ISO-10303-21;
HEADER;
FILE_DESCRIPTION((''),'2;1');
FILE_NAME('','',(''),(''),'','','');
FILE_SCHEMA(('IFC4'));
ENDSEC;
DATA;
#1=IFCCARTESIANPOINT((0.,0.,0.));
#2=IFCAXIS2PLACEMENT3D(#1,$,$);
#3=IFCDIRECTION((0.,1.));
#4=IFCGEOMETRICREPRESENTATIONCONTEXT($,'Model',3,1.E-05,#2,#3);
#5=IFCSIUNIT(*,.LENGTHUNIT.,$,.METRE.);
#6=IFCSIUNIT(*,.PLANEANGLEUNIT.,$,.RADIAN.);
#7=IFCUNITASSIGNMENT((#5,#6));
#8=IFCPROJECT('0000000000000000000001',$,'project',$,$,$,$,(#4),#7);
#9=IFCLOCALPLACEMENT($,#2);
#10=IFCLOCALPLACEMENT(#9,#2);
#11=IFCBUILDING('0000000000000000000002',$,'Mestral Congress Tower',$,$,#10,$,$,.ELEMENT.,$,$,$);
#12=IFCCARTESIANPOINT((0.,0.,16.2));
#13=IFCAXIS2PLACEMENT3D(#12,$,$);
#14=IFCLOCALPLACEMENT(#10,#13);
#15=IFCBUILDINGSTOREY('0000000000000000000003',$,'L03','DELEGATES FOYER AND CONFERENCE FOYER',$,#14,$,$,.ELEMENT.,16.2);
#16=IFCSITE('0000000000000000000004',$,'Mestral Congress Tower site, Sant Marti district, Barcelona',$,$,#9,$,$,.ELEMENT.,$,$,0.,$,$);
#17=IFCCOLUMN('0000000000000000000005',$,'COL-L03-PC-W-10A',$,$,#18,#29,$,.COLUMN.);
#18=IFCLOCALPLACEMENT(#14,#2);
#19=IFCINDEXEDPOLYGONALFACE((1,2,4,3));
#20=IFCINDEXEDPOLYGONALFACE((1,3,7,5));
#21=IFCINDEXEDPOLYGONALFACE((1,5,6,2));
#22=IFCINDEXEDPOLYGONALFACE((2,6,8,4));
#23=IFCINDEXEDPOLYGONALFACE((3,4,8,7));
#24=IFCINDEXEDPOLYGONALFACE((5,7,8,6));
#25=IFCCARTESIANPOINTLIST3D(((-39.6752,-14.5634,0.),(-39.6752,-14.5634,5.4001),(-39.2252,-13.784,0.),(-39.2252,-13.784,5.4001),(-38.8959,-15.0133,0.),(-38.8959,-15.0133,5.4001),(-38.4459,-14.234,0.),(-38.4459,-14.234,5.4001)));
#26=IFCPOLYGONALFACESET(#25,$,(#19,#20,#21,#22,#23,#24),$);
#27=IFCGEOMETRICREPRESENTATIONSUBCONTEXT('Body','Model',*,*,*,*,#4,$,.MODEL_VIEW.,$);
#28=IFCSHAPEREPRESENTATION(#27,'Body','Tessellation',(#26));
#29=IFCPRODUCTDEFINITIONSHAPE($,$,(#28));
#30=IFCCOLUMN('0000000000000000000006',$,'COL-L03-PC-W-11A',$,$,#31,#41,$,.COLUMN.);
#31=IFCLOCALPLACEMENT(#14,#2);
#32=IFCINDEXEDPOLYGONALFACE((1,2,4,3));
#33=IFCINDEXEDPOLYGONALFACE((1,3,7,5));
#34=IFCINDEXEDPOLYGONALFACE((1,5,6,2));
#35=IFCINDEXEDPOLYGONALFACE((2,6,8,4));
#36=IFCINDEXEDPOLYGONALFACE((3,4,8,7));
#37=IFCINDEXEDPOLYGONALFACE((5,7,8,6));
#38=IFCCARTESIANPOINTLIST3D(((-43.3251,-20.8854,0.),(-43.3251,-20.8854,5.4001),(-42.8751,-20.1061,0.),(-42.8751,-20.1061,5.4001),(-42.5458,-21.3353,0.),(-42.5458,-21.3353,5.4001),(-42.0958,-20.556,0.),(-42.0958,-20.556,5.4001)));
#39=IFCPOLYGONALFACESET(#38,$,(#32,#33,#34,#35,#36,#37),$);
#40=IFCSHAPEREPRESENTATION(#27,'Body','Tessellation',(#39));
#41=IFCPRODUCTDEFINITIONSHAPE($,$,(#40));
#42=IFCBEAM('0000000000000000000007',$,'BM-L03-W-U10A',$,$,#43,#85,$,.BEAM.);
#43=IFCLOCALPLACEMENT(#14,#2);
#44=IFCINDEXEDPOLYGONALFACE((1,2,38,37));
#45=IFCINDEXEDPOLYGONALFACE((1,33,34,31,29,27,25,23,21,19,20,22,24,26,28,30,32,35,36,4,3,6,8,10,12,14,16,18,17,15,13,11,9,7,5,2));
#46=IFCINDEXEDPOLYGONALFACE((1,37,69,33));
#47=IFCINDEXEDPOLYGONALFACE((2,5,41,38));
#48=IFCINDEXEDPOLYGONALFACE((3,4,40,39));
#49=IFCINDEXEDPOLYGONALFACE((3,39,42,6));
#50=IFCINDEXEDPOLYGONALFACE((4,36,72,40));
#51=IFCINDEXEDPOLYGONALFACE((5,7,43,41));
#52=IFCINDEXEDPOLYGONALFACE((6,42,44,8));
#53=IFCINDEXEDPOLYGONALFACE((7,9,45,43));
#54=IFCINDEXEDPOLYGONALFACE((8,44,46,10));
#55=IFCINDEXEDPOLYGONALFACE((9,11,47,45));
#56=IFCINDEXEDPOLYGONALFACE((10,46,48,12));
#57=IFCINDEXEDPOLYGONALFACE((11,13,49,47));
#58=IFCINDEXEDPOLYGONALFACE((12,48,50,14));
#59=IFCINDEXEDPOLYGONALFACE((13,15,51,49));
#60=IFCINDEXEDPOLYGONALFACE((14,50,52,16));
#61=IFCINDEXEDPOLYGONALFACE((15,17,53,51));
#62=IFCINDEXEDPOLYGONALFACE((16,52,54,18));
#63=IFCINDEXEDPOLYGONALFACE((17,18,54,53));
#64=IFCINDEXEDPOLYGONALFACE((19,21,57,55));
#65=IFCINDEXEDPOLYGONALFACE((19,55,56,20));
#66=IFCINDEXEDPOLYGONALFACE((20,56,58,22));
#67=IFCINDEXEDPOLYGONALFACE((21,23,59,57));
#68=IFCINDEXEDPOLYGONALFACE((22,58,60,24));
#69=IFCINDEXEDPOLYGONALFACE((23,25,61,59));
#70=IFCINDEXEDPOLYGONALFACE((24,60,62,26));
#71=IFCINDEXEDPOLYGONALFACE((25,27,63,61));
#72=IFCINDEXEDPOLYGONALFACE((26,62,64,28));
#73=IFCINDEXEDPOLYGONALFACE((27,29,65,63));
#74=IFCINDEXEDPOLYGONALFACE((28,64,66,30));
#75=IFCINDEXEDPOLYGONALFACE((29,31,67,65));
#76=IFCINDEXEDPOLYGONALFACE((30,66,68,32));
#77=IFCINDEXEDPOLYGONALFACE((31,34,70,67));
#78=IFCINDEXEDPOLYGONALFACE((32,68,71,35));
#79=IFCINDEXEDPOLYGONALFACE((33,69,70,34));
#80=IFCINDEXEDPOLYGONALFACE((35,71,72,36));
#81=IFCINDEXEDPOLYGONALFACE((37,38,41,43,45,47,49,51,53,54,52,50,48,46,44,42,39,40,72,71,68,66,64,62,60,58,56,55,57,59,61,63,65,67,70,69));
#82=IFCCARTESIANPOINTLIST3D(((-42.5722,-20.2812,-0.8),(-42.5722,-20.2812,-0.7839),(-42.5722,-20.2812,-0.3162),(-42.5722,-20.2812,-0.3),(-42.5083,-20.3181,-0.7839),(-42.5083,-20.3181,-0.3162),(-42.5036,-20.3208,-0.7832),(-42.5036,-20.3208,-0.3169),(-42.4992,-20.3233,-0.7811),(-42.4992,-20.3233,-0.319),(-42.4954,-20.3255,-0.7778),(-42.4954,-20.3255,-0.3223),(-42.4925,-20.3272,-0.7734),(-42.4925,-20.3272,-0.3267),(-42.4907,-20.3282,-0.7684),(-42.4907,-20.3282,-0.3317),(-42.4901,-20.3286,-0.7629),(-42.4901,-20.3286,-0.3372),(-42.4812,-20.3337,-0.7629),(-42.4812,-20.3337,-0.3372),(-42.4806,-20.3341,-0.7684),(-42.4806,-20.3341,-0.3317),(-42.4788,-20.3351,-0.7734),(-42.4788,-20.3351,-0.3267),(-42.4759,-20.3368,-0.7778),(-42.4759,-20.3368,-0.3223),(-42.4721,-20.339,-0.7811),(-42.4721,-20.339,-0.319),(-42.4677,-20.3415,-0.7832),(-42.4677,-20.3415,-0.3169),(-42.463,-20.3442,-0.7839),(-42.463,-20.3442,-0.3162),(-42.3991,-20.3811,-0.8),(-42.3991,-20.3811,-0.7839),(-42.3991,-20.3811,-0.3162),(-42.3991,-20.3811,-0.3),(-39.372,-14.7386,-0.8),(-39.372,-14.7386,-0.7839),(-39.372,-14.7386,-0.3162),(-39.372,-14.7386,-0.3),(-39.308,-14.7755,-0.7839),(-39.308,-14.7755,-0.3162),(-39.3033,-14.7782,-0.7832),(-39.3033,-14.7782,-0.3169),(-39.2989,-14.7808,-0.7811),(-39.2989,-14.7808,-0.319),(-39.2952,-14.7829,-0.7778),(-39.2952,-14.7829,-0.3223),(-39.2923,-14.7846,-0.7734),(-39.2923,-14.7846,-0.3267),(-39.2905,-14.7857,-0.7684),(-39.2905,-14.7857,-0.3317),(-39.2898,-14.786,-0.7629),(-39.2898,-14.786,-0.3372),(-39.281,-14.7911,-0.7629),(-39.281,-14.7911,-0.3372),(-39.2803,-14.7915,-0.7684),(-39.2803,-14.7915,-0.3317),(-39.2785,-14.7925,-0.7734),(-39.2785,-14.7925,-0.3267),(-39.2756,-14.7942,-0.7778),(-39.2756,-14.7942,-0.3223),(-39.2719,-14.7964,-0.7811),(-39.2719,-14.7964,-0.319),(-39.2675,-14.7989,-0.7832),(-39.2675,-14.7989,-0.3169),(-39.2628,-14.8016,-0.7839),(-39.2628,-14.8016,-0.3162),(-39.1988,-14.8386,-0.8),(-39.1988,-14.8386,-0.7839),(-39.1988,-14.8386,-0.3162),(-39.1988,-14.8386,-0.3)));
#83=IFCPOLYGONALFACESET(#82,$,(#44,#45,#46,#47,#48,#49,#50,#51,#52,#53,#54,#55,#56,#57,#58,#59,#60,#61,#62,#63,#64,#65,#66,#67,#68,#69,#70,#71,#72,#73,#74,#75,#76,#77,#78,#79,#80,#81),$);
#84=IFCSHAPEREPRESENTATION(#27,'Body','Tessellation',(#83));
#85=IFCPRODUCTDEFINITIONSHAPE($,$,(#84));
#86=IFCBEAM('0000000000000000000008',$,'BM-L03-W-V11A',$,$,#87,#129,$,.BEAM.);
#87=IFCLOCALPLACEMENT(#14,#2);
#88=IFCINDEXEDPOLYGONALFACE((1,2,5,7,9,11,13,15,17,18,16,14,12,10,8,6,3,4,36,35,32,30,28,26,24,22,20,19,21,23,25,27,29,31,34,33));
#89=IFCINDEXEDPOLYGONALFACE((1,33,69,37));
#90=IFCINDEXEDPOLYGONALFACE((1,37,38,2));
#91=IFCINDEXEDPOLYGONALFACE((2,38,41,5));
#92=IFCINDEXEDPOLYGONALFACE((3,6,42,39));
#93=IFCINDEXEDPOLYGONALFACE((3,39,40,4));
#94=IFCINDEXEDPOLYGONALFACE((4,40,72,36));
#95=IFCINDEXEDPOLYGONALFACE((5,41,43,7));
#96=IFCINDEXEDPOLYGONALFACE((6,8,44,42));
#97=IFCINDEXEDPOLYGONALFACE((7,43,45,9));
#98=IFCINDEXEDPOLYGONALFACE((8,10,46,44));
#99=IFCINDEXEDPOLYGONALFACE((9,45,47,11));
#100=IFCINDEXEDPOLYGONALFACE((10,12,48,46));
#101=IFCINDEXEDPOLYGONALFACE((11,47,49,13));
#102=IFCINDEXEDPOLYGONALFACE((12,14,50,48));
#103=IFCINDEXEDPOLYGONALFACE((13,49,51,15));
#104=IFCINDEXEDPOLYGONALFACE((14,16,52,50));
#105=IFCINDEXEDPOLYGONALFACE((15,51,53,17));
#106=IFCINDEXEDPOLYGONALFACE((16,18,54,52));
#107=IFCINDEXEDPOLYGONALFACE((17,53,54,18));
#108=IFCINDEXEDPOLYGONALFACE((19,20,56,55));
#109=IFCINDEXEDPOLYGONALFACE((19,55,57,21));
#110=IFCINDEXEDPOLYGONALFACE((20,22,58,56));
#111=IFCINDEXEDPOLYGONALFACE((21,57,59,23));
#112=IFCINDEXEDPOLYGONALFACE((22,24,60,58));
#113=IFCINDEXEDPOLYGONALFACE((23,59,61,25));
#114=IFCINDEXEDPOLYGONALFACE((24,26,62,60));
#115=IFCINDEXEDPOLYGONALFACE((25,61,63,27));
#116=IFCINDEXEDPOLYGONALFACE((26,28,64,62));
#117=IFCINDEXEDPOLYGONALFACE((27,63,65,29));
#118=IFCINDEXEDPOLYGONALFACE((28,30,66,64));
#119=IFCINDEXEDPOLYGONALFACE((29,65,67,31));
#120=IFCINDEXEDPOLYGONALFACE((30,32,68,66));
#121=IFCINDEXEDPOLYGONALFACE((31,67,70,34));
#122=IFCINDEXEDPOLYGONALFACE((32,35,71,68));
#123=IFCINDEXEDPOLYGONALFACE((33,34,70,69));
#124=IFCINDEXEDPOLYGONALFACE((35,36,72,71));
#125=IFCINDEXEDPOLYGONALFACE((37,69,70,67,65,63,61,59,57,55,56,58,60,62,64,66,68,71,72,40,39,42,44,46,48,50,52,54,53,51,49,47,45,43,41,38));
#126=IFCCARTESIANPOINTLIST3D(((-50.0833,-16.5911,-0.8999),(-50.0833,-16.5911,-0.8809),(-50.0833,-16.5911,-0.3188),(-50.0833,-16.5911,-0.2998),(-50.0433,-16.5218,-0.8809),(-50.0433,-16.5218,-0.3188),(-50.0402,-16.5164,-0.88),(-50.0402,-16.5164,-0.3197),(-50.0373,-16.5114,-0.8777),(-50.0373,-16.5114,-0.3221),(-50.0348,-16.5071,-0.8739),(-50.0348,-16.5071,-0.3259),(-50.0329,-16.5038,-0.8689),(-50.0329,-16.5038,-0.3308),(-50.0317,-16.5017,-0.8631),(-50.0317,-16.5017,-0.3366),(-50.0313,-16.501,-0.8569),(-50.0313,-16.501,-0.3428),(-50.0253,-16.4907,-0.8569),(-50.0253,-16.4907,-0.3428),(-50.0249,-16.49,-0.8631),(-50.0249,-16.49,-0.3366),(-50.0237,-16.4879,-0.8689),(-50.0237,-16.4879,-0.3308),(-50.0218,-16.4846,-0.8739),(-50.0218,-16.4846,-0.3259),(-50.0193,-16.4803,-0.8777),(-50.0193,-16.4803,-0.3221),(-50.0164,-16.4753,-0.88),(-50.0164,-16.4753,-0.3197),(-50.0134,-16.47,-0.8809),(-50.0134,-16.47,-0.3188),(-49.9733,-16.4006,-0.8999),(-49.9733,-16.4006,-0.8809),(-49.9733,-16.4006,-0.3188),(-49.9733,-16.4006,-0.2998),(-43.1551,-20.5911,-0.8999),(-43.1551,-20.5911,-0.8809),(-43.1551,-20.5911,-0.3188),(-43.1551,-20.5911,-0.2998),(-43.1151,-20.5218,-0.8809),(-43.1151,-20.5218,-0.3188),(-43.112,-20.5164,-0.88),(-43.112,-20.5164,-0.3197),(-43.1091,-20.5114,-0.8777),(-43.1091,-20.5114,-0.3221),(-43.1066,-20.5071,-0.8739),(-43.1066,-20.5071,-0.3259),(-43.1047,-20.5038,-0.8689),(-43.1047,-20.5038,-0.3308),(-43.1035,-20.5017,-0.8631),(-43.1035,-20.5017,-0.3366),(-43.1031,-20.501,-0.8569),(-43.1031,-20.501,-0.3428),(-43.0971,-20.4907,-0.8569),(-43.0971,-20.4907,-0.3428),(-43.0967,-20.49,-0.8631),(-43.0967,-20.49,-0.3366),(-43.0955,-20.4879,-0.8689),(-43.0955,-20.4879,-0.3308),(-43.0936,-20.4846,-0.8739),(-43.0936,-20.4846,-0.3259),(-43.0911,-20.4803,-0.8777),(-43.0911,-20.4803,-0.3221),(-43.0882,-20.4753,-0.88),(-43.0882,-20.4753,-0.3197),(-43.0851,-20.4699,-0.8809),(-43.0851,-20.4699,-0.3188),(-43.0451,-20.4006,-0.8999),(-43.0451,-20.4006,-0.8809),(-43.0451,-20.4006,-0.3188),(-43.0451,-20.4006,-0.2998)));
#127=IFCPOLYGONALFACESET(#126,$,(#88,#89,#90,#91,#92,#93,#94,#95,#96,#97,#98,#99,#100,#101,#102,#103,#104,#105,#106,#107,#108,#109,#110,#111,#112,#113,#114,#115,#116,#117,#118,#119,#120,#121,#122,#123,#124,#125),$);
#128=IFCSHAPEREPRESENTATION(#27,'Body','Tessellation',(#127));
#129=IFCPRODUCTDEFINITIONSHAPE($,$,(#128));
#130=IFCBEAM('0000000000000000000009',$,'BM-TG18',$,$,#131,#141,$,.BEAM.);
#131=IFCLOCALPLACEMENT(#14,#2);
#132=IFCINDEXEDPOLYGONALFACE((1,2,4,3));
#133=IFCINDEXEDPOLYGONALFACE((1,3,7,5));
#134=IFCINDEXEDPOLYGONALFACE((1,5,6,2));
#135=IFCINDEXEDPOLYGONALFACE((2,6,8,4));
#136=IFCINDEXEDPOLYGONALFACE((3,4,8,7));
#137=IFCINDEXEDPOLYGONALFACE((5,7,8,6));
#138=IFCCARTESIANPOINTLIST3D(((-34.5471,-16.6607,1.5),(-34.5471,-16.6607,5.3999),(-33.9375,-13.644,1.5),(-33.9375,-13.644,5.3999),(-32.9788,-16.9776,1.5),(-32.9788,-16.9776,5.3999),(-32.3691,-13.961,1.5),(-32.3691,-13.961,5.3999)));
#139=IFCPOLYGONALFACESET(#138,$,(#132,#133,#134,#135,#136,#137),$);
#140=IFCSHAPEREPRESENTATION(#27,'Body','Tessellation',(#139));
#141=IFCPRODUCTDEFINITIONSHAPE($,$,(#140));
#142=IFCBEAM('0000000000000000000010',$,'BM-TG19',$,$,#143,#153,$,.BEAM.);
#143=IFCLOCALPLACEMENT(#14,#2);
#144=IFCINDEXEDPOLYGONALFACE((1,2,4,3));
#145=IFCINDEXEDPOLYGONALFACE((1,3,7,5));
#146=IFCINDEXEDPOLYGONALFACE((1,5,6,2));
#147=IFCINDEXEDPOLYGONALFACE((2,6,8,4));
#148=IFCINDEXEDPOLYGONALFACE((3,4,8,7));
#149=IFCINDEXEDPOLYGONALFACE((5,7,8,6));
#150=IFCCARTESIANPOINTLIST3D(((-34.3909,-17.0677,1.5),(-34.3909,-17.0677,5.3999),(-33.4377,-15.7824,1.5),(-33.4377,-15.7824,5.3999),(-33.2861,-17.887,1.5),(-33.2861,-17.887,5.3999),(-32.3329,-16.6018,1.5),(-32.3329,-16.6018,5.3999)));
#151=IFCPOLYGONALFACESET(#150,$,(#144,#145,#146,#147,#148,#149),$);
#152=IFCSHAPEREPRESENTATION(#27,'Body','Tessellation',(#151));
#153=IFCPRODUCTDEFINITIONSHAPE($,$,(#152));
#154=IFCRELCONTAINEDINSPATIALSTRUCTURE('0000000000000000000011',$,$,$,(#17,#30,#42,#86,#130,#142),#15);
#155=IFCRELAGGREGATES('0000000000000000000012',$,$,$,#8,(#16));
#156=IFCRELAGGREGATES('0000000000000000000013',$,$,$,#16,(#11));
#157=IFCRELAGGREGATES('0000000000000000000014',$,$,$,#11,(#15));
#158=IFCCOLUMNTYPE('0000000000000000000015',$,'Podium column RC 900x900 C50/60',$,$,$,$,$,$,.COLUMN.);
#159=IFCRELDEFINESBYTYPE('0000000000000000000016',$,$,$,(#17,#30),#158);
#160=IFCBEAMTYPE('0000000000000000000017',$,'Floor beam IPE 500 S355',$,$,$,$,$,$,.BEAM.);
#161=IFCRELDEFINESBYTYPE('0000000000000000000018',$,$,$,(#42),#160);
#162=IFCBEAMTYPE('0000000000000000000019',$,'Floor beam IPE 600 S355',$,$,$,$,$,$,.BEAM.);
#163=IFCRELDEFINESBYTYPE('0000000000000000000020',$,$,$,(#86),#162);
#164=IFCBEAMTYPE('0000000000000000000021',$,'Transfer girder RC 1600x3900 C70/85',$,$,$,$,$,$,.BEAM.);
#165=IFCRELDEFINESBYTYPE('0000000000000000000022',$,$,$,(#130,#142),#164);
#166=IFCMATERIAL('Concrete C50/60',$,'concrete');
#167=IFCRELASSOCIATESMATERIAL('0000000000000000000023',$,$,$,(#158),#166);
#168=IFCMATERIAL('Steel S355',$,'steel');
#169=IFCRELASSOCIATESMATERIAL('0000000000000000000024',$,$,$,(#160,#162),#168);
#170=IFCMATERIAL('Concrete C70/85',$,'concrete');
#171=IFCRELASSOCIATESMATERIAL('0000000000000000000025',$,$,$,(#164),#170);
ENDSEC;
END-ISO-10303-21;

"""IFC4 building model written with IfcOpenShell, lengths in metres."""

from ifc_helpers import new_model, si_unit, direction, frame, origin, origin_2d, place, context, subcontext, project, spatial, rectangle, i_section, extrude, material, material_profile, profile_set, type_object, element, save


model = new_model("IFC4")

# Units and contexts
model_context = context("Model", 3, precision=1e-05, world=origin(), true_north=direction((0.0, 1.0)))
body_context = subcontext(model_context, "Body", "Model", "MODEL_VIEW")
ifc_project = project(units=[si_unit("LENGTHUNIT", "METRE"), si_unit("PLANEANGLEUNIT", "RADIAN")], contexts=[model_context])

# Site, building, storey
site_placement = place(None, origin())
site = spatial("IfcSite", under=ifc_project, at=site_placement, Name="Mestral Congress Tower site, Sant Marti district, Barcelona", CompositionType="ELEMENT", RefElevation=0.0)
building_placement = place(site_placement, origin())
building = spatial("IfcBuilding", under=site, at=building_placement, Name="Mestral Congress Tower", CompositionType="ELEMENT")
storey_placement = place(building_placement, frame((0.0, 0.0, 16.2)))
storey = spatial("IfcBuildingStorey", under=building, at=storey_placement, Name="L03", Description="DELEGATES FOYER AND CONFERENCE FOYER", CompositionType="ELEMENT", Elevation=16.2)

# Columns
ifc_material_1 = material(Name="Concrete C50/60", Category="concrete")
ifc_material_profile_1 = material_profile(ifc_material_1, rectangle(XDim=0.8999, YDim=0.8999, at=origin_2d()), Name="RC 900x900")
ifc_profile_set_1 = profile_set([ifc_material_profile_1], Name="Concrete C50/60")
column_type = type_object("IfcColumnType", Name="Podium column RC 900x900 C50/60", PredefinedType="COLUMN", material=ifc_profile_set_1)
for number, where, z_axis, x_axis, name in (
    (1, (-39.0605, -14.3987, 0.0), (0.0, 0.0, 1.0), (-0.5, -0.866025, 0.0), "COL-L03-PC-W-10A"),
    (2, (-42.7104, -20.7207, 0.0), (0.0, 0.0, 1.0), (-0.5, -0.866025, 0.0), "COL-L03-PC-W-11A"),
):
    element("IfcColumn", number, at=place(storey_placement, frame(where, z_axis=z_axis, x_axis=x_axis)), inside=storey, type_object=column_type, Name=name, PredefinedType="COLUMN", context=body_context, shape_type="SweptSolid", body=[
        extrude(rectangle(XDim=0.8999, YDim=0.8999, at=origin_2d()), origin(), (0.0, 0.0, 1.0), 5.4001),
    ])

# Beams
ifc_material_2 = material(Name="Steel S355", Category="steel")
ifc_material_profile_2 = material_profile(ifc_material_2, i_section(OverallWidth=0.2, OverallDepth=0.5, WebThickness=0.0103, FlangeThickness=0.0161, FilletRadius=0.021, at=origin_2d()), Name="IPE 500")
ifc_profile_set_2 = profile_set([ifc_material_profile_2], Name="Steel S355")
beam_type_1 = type_object("IfcBeamType", Name="Floor beam IPE 500 S355", PredefinedType="BEAM", material=ifc_profile_set_2)
beam_1_placement = place(storey_placement, frame((-39.2854, -14.7886, -0.55), z_axis=(-0.500028, -0.866009, 0.0), x_axis=(0.866009, -0.500028, 0.0)))
element("IfcBeam", 3, at=beam_1_placement, inside=storey, type_object=beam_type_1, Name="BM-L03-W-U10A", PredefinedType="BEAM", context=body_context, shape_type="SweptSolid", body=[
    extrude(i_section(OverallWidth=0.2, OverallDepth=0.5, WebThickness=0.0103, FlangeThickness=0.0161, FilletRadius=0.021, at=origin_2d()), origin(), (0.0, 0.0, 1.0), 6.4001),
])
ifc_material_profile_3 = material_profile(ifc_material_2, i_section(OverallWidth=0.22, OverallDepth=0.6001, WebThickness=0.012, FlangeThickness=0.019, FilletRadius=0.0239, at=origin_2d()), Name="IPE 600")
ifc_profile_set_3 = profile_set([ifc_material_profile_3], Name="Steel S355")
beam_type_2 = type_object("IfcBeamType", Name="Floor beam IPE 600 S355", PredefinedType="BEAM", material=ifc_profile_set_3)
beam_2_placement = place(storey_placement, frame((-43.1001, -20.4958, -0.5999), z_axis=(-0.866026, 0.499999, 0.0), x_axis=(-0.499999, -0.866026, 0.0)))
element("IfcBeam", 4, at=beam_2_placement, inside=storey, type_object=beam_type_2, Name="BM-L03-W-V11A", PredefinedType="BEAM", context=body_context, shape_type="SweptSolid", body=[
    extrude(i_section(OverallWidth=0.22, OverallDepth=0.6001, WebThickness=0.012, FlangeThickness=0.019, FilletRadius=0.0239, at=origin_2d()), origin(), (0.0, 0.0, 1.0), 8.0),
])
ifc_material_3 = material(Name="Concrete C70/85", Category="concrete")
ifc_material_profile_4 = material_profile(ifc_material_3, rectangle(XDim=1.6001, YDim=3.8999, at=origin_2d()), Name="RC 1600x3900")
ifc_profile_set_4 = profile_set([ifc_material_profile_4], Name="Concrete C70/85")
beam_type_3 = type_object("IfcBeamType", Name="Transfer girder RC 1600x3900 C70/85", PredefinedType="BEAM", material=ifc_profile_set_4)
beam_3_placement = place(storey_placement, frame((-33.1533, -13.8025, 3.45), z_axis=(-0.198084, -0.980185, 0.0), x_axis=(0.980185, -0.198084, 0.0)))
element("IfcBeam", 5, at=beam_3_placement, inside=storey, type_object=beam_type_3, Name="BM-TG18", PredefinedType="BEAM", context=body_context, shape_type="SweptSolid", body=[
    extrude(rectangle(XDim=1.6001, YDim=3.8999, at=origin_2d()), origin(), (0.0, 0.0, 1.0), 3.0776),
])
beam_4_placement = place(storey_placement, frame((-33.9143, -16.425, 3.45), z_axis=(0.803205, -0.595703, 0.0), x_axis=(0.595703, 0.803205, 0.0)))
element("IfcBeam", 6, at=beam_4_placement, inside=storey, type_object=beam_type_3, Name="BM-TG19", PredefinedType="BEAM", context=body_context, shape_type="SweptSolid", body=[
    extrude(rectangle(XDim=1.6001, YDim=3.8999, at=origin_2d()), origin(), (0.0, 0.0, 1.0), 1.3755),
])

save(model, "model.ifc")
